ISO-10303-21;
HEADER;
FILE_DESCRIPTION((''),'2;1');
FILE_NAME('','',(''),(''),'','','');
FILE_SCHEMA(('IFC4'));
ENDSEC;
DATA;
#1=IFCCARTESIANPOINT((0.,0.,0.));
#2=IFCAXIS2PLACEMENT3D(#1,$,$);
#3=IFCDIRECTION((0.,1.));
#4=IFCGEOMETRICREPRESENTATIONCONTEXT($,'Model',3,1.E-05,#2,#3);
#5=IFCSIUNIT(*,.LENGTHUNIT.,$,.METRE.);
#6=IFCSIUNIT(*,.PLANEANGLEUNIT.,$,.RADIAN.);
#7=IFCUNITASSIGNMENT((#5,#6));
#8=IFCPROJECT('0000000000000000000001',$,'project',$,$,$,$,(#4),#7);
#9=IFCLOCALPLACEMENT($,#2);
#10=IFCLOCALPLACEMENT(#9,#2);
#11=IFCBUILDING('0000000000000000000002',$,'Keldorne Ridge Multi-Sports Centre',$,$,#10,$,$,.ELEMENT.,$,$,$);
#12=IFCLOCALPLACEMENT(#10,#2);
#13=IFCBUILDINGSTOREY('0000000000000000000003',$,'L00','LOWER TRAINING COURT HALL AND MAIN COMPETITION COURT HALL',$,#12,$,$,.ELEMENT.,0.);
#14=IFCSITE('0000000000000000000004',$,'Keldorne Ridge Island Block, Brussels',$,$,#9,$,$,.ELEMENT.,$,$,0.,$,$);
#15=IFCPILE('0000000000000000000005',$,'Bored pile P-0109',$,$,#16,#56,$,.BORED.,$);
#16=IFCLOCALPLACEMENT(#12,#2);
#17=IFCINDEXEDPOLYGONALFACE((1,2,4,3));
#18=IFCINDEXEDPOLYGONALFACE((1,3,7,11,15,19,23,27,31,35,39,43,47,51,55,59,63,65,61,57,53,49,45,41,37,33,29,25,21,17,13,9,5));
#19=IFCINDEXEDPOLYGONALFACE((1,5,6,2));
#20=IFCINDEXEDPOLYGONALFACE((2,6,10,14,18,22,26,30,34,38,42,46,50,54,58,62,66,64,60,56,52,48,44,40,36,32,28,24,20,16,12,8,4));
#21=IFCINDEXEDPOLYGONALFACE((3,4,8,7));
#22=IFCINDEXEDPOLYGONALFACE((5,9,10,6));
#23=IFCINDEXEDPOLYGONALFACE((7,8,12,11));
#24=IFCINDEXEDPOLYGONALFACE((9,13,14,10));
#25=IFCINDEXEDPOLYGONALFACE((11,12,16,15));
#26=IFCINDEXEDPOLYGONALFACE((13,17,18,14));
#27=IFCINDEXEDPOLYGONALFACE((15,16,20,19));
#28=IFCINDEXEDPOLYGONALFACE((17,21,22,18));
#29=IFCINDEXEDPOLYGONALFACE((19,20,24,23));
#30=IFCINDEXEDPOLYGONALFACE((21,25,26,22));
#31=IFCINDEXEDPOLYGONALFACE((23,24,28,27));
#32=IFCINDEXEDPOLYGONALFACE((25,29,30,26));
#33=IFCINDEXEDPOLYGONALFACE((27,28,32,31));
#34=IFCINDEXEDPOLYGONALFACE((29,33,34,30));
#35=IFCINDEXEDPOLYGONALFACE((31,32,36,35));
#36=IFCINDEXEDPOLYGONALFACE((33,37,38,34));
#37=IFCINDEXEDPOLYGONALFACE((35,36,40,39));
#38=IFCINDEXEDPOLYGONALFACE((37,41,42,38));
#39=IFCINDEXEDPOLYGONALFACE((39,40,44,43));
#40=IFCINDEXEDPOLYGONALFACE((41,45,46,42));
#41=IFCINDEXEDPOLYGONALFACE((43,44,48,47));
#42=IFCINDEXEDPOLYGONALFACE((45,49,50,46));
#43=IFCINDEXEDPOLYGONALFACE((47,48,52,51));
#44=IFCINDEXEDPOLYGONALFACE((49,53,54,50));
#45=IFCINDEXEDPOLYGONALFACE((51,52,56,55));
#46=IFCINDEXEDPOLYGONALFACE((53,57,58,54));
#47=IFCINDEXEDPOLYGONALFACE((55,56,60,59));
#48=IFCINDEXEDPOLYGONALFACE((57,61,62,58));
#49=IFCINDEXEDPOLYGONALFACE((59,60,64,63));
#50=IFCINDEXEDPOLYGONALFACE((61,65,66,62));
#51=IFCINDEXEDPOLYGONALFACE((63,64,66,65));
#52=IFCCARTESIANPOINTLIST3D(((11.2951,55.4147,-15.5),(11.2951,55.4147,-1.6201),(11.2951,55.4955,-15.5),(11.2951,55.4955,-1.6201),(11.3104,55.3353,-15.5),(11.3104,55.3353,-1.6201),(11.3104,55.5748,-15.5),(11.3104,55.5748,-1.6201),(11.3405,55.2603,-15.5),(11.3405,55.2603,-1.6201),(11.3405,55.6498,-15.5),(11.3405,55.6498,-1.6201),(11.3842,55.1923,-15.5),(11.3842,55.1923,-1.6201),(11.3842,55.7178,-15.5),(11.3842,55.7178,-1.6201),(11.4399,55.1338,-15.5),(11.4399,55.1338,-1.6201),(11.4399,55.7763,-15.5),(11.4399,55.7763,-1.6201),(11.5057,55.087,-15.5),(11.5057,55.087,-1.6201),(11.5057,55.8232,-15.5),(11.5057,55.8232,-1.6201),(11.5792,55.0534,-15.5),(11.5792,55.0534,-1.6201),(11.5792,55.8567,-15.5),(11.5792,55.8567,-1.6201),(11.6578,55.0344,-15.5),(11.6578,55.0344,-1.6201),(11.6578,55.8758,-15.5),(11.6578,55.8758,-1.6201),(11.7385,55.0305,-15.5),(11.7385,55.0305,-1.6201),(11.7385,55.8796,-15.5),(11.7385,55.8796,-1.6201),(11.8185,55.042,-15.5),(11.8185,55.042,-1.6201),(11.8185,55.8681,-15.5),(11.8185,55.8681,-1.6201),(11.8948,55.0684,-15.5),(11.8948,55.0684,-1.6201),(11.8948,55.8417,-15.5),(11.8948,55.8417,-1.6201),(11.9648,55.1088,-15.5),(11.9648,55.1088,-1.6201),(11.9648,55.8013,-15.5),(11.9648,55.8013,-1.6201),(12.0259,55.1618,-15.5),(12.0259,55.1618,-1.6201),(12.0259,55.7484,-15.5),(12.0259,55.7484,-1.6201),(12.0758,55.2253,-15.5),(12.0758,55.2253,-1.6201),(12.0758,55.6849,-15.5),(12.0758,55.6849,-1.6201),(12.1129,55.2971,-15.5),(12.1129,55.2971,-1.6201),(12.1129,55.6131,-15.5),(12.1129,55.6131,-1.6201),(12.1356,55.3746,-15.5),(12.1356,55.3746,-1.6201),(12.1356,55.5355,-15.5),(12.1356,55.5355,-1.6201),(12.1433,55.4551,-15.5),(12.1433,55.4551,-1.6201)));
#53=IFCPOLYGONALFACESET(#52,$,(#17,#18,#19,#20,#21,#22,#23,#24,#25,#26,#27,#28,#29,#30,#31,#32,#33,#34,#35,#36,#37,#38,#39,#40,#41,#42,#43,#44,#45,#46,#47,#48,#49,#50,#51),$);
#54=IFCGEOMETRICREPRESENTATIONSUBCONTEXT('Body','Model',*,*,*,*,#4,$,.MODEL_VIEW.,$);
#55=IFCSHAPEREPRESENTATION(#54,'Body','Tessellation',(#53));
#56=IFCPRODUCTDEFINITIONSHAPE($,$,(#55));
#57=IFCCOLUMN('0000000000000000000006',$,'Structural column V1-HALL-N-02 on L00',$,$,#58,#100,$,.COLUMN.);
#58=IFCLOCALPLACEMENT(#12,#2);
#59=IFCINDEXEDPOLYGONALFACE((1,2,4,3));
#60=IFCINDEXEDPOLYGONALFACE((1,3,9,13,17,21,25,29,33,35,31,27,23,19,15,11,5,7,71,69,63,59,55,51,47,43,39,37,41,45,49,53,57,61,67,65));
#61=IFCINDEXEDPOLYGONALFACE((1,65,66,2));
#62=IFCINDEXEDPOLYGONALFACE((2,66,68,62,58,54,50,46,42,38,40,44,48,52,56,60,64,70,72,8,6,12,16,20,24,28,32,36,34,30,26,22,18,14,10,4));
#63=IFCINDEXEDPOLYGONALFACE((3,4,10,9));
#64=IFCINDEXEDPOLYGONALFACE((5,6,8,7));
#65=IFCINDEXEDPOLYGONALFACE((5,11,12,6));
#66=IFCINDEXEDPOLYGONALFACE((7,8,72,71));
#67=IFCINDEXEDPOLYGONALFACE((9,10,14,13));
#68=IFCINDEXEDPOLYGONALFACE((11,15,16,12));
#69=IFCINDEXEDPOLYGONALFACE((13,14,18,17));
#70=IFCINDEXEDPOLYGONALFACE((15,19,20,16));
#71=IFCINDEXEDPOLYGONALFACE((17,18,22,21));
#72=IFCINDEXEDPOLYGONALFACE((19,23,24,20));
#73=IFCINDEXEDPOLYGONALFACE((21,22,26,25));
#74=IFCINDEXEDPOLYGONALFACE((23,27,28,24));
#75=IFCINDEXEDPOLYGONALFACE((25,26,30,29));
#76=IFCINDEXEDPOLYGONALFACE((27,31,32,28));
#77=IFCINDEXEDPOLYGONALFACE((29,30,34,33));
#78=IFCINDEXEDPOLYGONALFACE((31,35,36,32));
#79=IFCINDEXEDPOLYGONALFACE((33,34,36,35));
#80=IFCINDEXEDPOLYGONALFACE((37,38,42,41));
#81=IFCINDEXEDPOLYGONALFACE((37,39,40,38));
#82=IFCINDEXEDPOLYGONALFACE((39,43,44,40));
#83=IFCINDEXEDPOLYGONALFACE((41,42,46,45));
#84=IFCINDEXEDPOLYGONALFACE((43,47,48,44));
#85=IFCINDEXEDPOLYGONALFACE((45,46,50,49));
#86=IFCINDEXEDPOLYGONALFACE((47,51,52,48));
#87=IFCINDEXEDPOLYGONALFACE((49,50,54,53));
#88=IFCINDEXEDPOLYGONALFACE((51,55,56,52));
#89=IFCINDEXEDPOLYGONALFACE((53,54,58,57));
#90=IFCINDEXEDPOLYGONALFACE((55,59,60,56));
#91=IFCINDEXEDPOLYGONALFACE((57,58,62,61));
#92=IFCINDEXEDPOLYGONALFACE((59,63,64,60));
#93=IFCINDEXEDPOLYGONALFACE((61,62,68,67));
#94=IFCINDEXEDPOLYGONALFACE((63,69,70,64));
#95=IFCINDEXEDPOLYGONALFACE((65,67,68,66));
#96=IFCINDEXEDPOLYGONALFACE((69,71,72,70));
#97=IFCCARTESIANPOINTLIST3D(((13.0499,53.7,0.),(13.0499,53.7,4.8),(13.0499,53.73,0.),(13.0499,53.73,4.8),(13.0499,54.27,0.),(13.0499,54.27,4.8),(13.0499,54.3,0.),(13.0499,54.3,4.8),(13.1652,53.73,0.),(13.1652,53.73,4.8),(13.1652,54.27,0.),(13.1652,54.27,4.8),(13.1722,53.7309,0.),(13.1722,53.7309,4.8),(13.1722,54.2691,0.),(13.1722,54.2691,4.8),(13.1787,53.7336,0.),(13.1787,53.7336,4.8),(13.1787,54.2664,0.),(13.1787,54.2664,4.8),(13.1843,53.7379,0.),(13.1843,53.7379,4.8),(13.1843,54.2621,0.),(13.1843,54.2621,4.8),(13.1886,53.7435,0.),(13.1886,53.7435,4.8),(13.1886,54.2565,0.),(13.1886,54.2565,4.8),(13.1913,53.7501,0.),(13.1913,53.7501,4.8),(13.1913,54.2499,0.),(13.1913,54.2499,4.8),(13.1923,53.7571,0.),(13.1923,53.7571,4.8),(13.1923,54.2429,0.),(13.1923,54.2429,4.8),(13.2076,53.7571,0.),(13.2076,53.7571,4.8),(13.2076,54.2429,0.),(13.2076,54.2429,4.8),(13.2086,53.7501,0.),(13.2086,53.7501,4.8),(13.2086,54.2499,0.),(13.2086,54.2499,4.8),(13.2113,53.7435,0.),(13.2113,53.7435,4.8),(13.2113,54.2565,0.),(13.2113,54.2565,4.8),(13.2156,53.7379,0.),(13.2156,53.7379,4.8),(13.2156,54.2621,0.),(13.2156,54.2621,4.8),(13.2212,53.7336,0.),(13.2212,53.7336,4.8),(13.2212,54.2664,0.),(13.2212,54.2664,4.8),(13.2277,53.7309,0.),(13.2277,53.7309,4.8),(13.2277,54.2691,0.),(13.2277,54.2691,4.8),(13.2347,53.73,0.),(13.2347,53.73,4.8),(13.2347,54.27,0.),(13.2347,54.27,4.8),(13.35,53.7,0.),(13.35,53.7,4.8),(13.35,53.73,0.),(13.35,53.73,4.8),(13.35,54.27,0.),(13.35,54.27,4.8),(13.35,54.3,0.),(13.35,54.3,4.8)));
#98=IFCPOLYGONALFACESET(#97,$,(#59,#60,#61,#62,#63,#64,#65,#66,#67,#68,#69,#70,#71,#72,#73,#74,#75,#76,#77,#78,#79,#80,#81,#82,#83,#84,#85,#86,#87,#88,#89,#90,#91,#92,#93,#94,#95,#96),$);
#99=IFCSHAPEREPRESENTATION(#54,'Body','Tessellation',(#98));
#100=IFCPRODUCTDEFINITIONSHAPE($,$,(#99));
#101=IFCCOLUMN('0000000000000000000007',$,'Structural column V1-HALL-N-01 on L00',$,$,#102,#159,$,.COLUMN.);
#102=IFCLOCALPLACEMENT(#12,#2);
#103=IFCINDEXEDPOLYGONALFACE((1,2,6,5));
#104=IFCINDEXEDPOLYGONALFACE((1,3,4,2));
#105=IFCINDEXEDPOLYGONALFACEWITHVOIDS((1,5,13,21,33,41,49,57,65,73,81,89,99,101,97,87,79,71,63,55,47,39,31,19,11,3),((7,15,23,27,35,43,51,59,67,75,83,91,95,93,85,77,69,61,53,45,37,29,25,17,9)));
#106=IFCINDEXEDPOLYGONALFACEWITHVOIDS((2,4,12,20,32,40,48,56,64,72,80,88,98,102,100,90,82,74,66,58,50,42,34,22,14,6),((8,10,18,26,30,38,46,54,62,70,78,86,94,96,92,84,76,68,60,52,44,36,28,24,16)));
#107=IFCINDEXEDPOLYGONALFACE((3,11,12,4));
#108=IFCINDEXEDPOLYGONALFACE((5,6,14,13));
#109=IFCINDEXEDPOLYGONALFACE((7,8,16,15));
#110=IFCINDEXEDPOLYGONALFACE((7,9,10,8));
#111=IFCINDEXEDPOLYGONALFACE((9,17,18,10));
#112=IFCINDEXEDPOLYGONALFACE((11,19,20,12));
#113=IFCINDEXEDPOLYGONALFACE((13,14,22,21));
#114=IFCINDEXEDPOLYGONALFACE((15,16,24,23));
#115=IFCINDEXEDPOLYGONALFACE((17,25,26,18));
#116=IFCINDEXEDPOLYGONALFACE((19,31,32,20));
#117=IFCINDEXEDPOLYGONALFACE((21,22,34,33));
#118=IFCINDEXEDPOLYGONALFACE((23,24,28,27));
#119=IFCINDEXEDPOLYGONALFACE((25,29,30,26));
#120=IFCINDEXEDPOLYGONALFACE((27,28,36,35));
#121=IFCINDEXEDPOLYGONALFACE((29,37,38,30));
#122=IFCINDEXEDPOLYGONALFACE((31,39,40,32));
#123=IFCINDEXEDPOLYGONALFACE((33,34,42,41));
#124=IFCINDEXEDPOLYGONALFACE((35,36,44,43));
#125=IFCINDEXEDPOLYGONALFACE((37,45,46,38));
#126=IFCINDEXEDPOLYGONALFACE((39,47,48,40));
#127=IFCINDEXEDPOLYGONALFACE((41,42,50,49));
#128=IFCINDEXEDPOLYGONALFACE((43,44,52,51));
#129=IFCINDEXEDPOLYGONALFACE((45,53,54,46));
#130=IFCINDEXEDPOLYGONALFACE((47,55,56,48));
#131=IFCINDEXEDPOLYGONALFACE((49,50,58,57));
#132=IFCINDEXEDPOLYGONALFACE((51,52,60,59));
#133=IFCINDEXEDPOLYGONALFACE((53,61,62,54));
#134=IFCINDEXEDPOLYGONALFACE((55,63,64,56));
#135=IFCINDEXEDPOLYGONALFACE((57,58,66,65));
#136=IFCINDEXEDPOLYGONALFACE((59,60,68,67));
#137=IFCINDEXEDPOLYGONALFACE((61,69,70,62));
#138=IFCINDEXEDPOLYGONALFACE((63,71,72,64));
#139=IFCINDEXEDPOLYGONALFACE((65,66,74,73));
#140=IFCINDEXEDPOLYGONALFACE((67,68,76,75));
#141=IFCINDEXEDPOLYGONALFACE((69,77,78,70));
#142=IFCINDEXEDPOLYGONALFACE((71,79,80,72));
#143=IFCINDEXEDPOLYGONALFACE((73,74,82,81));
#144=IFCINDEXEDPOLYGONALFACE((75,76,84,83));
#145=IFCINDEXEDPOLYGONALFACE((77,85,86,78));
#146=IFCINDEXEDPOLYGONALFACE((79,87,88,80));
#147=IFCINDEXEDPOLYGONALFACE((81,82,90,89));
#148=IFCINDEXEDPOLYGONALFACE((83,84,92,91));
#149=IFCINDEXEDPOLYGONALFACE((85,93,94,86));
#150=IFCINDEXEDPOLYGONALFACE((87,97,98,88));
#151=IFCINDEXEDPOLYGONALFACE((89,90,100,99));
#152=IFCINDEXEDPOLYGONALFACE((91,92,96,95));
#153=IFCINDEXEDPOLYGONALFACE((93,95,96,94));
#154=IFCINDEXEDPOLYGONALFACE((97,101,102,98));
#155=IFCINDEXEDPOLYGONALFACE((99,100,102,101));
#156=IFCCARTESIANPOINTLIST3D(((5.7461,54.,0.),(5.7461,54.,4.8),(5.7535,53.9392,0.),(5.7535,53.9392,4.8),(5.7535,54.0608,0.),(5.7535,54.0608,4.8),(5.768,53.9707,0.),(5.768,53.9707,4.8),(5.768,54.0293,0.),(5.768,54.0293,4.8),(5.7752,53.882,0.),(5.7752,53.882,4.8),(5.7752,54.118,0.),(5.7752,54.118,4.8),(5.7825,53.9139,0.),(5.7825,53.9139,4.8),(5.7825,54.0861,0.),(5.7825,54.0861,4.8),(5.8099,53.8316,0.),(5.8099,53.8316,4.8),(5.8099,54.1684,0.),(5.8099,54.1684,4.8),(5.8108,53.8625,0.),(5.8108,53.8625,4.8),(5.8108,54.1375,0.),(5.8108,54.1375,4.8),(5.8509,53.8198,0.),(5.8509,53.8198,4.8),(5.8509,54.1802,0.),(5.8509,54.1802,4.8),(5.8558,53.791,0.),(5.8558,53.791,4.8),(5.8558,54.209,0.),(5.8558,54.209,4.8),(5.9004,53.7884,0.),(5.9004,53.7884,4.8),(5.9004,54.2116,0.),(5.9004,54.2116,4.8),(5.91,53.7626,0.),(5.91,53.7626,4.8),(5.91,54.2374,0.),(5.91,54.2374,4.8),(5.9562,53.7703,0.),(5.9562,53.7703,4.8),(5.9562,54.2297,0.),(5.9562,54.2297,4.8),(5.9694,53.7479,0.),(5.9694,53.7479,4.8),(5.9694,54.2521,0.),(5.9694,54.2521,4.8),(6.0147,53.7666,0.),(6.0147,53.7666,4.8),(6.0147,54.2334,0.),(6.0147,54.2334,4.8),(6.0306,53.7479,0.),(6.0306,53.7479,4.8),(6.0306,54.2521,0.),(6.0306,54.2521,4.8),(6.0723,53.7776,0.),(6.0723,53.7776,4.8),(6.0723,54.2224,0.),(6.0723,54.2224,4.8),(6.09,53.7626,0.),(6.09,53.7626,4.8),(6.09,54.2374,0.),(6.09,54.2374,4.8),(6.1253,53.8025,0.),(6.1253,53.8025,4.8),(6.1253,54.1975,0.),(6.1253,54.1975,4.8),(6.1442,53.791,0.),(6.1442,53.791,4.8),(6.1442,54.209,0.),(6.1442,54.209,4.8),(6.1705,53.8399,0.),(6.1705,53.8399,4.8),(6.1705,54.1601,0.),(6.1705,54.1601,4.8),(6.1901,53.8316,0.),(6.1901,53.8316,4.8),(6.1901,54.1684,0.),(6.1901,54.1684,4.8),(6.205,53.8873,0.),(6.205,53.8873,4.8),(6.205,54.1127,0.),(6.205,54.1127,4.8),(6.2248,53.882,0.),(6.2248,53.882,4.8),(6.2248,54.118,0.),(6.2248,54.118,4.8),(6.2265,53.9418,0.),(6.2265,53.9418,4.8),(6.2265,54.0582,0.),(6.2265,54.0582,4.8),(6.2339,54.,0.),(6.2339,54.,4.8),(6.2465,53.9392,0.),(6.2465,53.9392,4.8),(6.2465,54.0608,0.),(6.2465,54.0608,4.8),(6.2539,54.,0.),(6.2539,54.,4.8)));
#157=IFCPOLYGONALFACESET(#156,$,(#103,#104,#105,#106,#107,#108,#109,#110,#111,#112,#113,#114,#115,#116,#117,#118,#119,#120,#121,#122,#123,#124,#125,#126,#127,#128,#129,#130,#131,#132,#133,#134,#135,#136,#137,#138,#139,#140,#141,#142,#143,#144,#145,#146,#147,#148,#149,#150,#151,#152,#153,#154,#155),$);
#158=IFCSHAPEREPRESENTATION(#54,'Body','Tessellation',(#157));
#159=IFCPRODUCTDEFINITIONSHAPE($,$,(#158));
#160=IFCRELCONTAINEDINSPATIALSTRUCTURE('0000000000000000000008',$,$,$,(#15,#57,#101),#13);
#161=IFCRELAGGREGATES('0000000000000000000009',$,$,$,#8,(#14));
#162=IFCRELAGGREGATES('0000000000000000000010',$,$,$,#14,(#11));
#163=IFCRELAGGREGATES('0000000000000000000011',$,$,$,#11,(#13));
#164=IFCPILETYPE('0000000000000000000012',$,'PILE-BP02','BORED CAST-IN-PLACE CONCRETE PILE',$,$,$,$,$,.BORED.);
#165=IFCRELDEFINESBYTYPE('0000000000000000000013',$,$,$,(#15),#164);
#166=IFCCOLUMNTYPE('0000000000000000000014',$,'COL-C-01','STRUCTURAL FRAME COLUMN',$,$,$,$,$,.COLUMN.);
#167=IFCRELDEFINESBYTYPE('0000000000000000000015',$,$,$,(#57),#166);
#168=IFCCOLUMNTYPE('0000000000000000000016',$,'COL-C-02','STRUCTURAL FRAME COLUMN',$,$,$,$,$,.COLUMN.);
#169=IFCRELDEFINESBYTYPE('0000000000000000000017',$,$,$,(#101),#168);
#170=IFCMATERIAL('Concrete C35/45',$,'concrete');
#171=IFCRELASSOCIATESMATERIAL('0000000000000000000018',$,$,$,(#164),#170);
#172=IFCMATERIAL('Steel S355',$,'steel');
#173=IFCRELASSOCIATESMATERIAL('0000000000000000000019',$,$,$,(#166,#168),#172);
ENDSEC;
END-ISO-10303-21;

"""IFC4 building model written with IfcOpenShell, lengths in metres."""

from ifc_helpers import new_model, si_unit, direction, frame, origin, origin_2d, place, context, subcontext, project, spatial, circle, hollow_circle, i_section, extrude, material, material_profile, profile_set, type_object, element, save


model = new_model("IFC4")

# Units and contexts
model_context = context("Model", 3, precision=1e-05, world=origin(), true_north=direction((0.0, 1.0)))
body_context = subcontext(model_context, "Body", "Model", "MODEL_VIEW")
ifc_project = project(units=[si_unit("LENGTHUNIT", "METRE"), si_unit("PLANEANGLEUNIT", "RADIAN")], contexts=[model_context])

# Site, building, storey
site_placement = place(None, origin())
site = spatial("IfcSite", under=ifc_project, at=site_placement, Name="Keldorne Ridge Island Block, Brussels", CompositionType="ELEMENT", RefElevation=0.0)
building_placement = place(site_placement, origin())
building = spatial("IfcBuilding", under=site, at=building_placement, Name="Keldorne Ridge Multi-Sports Centre", CompositionType="ELEMENT")
storey_placement = place(building_placement, origin())
storey = spatial("IfcBuildingStorey", under=building, at=storey_placement, Name="L00", Description="LOWER TRAINING COURT HALL AND MAIN COMPETITION COURT HALL", CompositionType="ELEMENT", Elevation=0.0)

# Shared definitions
ifc_material_1 = material(Name="Concrete C35/45", Category="concrete")

# Pile
ifc_material_profile_1 = material_profile(ifc_material_1, circle(Radius=0.425, at=origin_2d()), Name="BORED PILE D850")
ifc_profile_set_1 = profile_set([ifc_material_profile_1], Name="Concrete C35/45")
pile_type = type_object("IfcPileType", Name="PILE-BP02", Description="BORED CAST-IN-PLACE CONCRETE PILE", PredefinedType="BORED", material=ifc_profile_set_1)
for number, where, z_axis, x_axis, name in (
    (1, (11.7183, 55.4551, -1.6201), (0.0, 0.0, -1.0), (1.0, 0.0, 0.0), "Bored pile P-0109"),
):
    element("IfcPile", number, at=place(storey_placement, frame(where, z_axis=z_axis, x_axis=x_axis)), inside=storey, type_object=pile_type, Name=name, PredefinedType="BORED", context=body_context, shape_type="SweptSolid", body=[
        extrude(circle(Radius=0.425, at=origin_2d()), origin(), (0.0, 0.0, 1.0), 13.8799),
    ])

# Columns
ifc_material_2 = material(Name="Steel S355", Category="steel")
ifc_material_profile_2 = material_profile(ifc_material_2, i_section(OverallWidth=0.3, OverallDepth=0.6001, WebThickness=0.0154, FlangeThickness=0.03, FilletRadius=0.0271, at=origin_2d()), Name="HEB 600")
ifc_profile_set_2 = profile_set([ifc_material_profile_2], Name="Steel S355")
column_type_1 = type_object("IfcColumnType", Name="COL-C-01", Description="STRUCTURAL FRAME COLUMN", PredefinedType="COLUMN", material=ifc_profile_set_2)
column_1_placement = place(storey_placement, frame((13.2, 54.0, 0.0), z_axis=(0.0, 0.0, 1.0), x_axis=(1.0, 0.0, 0.0)))
element("IfcColumn", 2, at=column_1_placement, inside=storey, type_object=column_type_1, Name="Structural column V1-HALL-N-02 on L00", PredefinedType="COLUMN", context=body_context, shape_type="SweptSolid", body=[
    extrude(i_section(OverallWidth=0.3, OverallDepth=0.6001, WebThickness=0.0154, FlangeThickness=0.03, FilletRadius=0.0271, at=origin_2d()), origin(), (0.0, 0.0, 1.0), 4.8),
])
ifc_material_profile_3 = material_profile(ifc_material_2, hollow_circle(Radius=0.2539, WallThickness=0.02, at=origin_2d()), Name="CHS 508x20")
ifc_profile_set_3 = profile_set([ifc_material_profile_3], Name="Steel S355")
column_type_2 = type_object("IfcColumnType", Name="COL-C-02", Description="STRUCTURAL FRAME COLUMN", PredefinedType="COLUMN", material=ifc_profile_set_3)
column_2_placement = place(storey_placement, frame((6.0, 54.0, 0.0), z_axis=(0.0, 0.0, 1.0), x_axis=(1.0, 0.0, 0.0)))
element("IfcColumn", 3, at=column_2_placement, inside=storey, type_object=column_type_2, Name="Structural column V1-HALL-N-01 on L00", PredefinedType="COLUMN", context=body_context, shape_type="SweptSolid", body=[
    extrude(hollow_circle(Radius=0.2539, WallThickness=0.02, at=origin_2d()), origin(), (0.0, 0.0, 1.0), 4.8),
])

save(model, "model.ifc")
